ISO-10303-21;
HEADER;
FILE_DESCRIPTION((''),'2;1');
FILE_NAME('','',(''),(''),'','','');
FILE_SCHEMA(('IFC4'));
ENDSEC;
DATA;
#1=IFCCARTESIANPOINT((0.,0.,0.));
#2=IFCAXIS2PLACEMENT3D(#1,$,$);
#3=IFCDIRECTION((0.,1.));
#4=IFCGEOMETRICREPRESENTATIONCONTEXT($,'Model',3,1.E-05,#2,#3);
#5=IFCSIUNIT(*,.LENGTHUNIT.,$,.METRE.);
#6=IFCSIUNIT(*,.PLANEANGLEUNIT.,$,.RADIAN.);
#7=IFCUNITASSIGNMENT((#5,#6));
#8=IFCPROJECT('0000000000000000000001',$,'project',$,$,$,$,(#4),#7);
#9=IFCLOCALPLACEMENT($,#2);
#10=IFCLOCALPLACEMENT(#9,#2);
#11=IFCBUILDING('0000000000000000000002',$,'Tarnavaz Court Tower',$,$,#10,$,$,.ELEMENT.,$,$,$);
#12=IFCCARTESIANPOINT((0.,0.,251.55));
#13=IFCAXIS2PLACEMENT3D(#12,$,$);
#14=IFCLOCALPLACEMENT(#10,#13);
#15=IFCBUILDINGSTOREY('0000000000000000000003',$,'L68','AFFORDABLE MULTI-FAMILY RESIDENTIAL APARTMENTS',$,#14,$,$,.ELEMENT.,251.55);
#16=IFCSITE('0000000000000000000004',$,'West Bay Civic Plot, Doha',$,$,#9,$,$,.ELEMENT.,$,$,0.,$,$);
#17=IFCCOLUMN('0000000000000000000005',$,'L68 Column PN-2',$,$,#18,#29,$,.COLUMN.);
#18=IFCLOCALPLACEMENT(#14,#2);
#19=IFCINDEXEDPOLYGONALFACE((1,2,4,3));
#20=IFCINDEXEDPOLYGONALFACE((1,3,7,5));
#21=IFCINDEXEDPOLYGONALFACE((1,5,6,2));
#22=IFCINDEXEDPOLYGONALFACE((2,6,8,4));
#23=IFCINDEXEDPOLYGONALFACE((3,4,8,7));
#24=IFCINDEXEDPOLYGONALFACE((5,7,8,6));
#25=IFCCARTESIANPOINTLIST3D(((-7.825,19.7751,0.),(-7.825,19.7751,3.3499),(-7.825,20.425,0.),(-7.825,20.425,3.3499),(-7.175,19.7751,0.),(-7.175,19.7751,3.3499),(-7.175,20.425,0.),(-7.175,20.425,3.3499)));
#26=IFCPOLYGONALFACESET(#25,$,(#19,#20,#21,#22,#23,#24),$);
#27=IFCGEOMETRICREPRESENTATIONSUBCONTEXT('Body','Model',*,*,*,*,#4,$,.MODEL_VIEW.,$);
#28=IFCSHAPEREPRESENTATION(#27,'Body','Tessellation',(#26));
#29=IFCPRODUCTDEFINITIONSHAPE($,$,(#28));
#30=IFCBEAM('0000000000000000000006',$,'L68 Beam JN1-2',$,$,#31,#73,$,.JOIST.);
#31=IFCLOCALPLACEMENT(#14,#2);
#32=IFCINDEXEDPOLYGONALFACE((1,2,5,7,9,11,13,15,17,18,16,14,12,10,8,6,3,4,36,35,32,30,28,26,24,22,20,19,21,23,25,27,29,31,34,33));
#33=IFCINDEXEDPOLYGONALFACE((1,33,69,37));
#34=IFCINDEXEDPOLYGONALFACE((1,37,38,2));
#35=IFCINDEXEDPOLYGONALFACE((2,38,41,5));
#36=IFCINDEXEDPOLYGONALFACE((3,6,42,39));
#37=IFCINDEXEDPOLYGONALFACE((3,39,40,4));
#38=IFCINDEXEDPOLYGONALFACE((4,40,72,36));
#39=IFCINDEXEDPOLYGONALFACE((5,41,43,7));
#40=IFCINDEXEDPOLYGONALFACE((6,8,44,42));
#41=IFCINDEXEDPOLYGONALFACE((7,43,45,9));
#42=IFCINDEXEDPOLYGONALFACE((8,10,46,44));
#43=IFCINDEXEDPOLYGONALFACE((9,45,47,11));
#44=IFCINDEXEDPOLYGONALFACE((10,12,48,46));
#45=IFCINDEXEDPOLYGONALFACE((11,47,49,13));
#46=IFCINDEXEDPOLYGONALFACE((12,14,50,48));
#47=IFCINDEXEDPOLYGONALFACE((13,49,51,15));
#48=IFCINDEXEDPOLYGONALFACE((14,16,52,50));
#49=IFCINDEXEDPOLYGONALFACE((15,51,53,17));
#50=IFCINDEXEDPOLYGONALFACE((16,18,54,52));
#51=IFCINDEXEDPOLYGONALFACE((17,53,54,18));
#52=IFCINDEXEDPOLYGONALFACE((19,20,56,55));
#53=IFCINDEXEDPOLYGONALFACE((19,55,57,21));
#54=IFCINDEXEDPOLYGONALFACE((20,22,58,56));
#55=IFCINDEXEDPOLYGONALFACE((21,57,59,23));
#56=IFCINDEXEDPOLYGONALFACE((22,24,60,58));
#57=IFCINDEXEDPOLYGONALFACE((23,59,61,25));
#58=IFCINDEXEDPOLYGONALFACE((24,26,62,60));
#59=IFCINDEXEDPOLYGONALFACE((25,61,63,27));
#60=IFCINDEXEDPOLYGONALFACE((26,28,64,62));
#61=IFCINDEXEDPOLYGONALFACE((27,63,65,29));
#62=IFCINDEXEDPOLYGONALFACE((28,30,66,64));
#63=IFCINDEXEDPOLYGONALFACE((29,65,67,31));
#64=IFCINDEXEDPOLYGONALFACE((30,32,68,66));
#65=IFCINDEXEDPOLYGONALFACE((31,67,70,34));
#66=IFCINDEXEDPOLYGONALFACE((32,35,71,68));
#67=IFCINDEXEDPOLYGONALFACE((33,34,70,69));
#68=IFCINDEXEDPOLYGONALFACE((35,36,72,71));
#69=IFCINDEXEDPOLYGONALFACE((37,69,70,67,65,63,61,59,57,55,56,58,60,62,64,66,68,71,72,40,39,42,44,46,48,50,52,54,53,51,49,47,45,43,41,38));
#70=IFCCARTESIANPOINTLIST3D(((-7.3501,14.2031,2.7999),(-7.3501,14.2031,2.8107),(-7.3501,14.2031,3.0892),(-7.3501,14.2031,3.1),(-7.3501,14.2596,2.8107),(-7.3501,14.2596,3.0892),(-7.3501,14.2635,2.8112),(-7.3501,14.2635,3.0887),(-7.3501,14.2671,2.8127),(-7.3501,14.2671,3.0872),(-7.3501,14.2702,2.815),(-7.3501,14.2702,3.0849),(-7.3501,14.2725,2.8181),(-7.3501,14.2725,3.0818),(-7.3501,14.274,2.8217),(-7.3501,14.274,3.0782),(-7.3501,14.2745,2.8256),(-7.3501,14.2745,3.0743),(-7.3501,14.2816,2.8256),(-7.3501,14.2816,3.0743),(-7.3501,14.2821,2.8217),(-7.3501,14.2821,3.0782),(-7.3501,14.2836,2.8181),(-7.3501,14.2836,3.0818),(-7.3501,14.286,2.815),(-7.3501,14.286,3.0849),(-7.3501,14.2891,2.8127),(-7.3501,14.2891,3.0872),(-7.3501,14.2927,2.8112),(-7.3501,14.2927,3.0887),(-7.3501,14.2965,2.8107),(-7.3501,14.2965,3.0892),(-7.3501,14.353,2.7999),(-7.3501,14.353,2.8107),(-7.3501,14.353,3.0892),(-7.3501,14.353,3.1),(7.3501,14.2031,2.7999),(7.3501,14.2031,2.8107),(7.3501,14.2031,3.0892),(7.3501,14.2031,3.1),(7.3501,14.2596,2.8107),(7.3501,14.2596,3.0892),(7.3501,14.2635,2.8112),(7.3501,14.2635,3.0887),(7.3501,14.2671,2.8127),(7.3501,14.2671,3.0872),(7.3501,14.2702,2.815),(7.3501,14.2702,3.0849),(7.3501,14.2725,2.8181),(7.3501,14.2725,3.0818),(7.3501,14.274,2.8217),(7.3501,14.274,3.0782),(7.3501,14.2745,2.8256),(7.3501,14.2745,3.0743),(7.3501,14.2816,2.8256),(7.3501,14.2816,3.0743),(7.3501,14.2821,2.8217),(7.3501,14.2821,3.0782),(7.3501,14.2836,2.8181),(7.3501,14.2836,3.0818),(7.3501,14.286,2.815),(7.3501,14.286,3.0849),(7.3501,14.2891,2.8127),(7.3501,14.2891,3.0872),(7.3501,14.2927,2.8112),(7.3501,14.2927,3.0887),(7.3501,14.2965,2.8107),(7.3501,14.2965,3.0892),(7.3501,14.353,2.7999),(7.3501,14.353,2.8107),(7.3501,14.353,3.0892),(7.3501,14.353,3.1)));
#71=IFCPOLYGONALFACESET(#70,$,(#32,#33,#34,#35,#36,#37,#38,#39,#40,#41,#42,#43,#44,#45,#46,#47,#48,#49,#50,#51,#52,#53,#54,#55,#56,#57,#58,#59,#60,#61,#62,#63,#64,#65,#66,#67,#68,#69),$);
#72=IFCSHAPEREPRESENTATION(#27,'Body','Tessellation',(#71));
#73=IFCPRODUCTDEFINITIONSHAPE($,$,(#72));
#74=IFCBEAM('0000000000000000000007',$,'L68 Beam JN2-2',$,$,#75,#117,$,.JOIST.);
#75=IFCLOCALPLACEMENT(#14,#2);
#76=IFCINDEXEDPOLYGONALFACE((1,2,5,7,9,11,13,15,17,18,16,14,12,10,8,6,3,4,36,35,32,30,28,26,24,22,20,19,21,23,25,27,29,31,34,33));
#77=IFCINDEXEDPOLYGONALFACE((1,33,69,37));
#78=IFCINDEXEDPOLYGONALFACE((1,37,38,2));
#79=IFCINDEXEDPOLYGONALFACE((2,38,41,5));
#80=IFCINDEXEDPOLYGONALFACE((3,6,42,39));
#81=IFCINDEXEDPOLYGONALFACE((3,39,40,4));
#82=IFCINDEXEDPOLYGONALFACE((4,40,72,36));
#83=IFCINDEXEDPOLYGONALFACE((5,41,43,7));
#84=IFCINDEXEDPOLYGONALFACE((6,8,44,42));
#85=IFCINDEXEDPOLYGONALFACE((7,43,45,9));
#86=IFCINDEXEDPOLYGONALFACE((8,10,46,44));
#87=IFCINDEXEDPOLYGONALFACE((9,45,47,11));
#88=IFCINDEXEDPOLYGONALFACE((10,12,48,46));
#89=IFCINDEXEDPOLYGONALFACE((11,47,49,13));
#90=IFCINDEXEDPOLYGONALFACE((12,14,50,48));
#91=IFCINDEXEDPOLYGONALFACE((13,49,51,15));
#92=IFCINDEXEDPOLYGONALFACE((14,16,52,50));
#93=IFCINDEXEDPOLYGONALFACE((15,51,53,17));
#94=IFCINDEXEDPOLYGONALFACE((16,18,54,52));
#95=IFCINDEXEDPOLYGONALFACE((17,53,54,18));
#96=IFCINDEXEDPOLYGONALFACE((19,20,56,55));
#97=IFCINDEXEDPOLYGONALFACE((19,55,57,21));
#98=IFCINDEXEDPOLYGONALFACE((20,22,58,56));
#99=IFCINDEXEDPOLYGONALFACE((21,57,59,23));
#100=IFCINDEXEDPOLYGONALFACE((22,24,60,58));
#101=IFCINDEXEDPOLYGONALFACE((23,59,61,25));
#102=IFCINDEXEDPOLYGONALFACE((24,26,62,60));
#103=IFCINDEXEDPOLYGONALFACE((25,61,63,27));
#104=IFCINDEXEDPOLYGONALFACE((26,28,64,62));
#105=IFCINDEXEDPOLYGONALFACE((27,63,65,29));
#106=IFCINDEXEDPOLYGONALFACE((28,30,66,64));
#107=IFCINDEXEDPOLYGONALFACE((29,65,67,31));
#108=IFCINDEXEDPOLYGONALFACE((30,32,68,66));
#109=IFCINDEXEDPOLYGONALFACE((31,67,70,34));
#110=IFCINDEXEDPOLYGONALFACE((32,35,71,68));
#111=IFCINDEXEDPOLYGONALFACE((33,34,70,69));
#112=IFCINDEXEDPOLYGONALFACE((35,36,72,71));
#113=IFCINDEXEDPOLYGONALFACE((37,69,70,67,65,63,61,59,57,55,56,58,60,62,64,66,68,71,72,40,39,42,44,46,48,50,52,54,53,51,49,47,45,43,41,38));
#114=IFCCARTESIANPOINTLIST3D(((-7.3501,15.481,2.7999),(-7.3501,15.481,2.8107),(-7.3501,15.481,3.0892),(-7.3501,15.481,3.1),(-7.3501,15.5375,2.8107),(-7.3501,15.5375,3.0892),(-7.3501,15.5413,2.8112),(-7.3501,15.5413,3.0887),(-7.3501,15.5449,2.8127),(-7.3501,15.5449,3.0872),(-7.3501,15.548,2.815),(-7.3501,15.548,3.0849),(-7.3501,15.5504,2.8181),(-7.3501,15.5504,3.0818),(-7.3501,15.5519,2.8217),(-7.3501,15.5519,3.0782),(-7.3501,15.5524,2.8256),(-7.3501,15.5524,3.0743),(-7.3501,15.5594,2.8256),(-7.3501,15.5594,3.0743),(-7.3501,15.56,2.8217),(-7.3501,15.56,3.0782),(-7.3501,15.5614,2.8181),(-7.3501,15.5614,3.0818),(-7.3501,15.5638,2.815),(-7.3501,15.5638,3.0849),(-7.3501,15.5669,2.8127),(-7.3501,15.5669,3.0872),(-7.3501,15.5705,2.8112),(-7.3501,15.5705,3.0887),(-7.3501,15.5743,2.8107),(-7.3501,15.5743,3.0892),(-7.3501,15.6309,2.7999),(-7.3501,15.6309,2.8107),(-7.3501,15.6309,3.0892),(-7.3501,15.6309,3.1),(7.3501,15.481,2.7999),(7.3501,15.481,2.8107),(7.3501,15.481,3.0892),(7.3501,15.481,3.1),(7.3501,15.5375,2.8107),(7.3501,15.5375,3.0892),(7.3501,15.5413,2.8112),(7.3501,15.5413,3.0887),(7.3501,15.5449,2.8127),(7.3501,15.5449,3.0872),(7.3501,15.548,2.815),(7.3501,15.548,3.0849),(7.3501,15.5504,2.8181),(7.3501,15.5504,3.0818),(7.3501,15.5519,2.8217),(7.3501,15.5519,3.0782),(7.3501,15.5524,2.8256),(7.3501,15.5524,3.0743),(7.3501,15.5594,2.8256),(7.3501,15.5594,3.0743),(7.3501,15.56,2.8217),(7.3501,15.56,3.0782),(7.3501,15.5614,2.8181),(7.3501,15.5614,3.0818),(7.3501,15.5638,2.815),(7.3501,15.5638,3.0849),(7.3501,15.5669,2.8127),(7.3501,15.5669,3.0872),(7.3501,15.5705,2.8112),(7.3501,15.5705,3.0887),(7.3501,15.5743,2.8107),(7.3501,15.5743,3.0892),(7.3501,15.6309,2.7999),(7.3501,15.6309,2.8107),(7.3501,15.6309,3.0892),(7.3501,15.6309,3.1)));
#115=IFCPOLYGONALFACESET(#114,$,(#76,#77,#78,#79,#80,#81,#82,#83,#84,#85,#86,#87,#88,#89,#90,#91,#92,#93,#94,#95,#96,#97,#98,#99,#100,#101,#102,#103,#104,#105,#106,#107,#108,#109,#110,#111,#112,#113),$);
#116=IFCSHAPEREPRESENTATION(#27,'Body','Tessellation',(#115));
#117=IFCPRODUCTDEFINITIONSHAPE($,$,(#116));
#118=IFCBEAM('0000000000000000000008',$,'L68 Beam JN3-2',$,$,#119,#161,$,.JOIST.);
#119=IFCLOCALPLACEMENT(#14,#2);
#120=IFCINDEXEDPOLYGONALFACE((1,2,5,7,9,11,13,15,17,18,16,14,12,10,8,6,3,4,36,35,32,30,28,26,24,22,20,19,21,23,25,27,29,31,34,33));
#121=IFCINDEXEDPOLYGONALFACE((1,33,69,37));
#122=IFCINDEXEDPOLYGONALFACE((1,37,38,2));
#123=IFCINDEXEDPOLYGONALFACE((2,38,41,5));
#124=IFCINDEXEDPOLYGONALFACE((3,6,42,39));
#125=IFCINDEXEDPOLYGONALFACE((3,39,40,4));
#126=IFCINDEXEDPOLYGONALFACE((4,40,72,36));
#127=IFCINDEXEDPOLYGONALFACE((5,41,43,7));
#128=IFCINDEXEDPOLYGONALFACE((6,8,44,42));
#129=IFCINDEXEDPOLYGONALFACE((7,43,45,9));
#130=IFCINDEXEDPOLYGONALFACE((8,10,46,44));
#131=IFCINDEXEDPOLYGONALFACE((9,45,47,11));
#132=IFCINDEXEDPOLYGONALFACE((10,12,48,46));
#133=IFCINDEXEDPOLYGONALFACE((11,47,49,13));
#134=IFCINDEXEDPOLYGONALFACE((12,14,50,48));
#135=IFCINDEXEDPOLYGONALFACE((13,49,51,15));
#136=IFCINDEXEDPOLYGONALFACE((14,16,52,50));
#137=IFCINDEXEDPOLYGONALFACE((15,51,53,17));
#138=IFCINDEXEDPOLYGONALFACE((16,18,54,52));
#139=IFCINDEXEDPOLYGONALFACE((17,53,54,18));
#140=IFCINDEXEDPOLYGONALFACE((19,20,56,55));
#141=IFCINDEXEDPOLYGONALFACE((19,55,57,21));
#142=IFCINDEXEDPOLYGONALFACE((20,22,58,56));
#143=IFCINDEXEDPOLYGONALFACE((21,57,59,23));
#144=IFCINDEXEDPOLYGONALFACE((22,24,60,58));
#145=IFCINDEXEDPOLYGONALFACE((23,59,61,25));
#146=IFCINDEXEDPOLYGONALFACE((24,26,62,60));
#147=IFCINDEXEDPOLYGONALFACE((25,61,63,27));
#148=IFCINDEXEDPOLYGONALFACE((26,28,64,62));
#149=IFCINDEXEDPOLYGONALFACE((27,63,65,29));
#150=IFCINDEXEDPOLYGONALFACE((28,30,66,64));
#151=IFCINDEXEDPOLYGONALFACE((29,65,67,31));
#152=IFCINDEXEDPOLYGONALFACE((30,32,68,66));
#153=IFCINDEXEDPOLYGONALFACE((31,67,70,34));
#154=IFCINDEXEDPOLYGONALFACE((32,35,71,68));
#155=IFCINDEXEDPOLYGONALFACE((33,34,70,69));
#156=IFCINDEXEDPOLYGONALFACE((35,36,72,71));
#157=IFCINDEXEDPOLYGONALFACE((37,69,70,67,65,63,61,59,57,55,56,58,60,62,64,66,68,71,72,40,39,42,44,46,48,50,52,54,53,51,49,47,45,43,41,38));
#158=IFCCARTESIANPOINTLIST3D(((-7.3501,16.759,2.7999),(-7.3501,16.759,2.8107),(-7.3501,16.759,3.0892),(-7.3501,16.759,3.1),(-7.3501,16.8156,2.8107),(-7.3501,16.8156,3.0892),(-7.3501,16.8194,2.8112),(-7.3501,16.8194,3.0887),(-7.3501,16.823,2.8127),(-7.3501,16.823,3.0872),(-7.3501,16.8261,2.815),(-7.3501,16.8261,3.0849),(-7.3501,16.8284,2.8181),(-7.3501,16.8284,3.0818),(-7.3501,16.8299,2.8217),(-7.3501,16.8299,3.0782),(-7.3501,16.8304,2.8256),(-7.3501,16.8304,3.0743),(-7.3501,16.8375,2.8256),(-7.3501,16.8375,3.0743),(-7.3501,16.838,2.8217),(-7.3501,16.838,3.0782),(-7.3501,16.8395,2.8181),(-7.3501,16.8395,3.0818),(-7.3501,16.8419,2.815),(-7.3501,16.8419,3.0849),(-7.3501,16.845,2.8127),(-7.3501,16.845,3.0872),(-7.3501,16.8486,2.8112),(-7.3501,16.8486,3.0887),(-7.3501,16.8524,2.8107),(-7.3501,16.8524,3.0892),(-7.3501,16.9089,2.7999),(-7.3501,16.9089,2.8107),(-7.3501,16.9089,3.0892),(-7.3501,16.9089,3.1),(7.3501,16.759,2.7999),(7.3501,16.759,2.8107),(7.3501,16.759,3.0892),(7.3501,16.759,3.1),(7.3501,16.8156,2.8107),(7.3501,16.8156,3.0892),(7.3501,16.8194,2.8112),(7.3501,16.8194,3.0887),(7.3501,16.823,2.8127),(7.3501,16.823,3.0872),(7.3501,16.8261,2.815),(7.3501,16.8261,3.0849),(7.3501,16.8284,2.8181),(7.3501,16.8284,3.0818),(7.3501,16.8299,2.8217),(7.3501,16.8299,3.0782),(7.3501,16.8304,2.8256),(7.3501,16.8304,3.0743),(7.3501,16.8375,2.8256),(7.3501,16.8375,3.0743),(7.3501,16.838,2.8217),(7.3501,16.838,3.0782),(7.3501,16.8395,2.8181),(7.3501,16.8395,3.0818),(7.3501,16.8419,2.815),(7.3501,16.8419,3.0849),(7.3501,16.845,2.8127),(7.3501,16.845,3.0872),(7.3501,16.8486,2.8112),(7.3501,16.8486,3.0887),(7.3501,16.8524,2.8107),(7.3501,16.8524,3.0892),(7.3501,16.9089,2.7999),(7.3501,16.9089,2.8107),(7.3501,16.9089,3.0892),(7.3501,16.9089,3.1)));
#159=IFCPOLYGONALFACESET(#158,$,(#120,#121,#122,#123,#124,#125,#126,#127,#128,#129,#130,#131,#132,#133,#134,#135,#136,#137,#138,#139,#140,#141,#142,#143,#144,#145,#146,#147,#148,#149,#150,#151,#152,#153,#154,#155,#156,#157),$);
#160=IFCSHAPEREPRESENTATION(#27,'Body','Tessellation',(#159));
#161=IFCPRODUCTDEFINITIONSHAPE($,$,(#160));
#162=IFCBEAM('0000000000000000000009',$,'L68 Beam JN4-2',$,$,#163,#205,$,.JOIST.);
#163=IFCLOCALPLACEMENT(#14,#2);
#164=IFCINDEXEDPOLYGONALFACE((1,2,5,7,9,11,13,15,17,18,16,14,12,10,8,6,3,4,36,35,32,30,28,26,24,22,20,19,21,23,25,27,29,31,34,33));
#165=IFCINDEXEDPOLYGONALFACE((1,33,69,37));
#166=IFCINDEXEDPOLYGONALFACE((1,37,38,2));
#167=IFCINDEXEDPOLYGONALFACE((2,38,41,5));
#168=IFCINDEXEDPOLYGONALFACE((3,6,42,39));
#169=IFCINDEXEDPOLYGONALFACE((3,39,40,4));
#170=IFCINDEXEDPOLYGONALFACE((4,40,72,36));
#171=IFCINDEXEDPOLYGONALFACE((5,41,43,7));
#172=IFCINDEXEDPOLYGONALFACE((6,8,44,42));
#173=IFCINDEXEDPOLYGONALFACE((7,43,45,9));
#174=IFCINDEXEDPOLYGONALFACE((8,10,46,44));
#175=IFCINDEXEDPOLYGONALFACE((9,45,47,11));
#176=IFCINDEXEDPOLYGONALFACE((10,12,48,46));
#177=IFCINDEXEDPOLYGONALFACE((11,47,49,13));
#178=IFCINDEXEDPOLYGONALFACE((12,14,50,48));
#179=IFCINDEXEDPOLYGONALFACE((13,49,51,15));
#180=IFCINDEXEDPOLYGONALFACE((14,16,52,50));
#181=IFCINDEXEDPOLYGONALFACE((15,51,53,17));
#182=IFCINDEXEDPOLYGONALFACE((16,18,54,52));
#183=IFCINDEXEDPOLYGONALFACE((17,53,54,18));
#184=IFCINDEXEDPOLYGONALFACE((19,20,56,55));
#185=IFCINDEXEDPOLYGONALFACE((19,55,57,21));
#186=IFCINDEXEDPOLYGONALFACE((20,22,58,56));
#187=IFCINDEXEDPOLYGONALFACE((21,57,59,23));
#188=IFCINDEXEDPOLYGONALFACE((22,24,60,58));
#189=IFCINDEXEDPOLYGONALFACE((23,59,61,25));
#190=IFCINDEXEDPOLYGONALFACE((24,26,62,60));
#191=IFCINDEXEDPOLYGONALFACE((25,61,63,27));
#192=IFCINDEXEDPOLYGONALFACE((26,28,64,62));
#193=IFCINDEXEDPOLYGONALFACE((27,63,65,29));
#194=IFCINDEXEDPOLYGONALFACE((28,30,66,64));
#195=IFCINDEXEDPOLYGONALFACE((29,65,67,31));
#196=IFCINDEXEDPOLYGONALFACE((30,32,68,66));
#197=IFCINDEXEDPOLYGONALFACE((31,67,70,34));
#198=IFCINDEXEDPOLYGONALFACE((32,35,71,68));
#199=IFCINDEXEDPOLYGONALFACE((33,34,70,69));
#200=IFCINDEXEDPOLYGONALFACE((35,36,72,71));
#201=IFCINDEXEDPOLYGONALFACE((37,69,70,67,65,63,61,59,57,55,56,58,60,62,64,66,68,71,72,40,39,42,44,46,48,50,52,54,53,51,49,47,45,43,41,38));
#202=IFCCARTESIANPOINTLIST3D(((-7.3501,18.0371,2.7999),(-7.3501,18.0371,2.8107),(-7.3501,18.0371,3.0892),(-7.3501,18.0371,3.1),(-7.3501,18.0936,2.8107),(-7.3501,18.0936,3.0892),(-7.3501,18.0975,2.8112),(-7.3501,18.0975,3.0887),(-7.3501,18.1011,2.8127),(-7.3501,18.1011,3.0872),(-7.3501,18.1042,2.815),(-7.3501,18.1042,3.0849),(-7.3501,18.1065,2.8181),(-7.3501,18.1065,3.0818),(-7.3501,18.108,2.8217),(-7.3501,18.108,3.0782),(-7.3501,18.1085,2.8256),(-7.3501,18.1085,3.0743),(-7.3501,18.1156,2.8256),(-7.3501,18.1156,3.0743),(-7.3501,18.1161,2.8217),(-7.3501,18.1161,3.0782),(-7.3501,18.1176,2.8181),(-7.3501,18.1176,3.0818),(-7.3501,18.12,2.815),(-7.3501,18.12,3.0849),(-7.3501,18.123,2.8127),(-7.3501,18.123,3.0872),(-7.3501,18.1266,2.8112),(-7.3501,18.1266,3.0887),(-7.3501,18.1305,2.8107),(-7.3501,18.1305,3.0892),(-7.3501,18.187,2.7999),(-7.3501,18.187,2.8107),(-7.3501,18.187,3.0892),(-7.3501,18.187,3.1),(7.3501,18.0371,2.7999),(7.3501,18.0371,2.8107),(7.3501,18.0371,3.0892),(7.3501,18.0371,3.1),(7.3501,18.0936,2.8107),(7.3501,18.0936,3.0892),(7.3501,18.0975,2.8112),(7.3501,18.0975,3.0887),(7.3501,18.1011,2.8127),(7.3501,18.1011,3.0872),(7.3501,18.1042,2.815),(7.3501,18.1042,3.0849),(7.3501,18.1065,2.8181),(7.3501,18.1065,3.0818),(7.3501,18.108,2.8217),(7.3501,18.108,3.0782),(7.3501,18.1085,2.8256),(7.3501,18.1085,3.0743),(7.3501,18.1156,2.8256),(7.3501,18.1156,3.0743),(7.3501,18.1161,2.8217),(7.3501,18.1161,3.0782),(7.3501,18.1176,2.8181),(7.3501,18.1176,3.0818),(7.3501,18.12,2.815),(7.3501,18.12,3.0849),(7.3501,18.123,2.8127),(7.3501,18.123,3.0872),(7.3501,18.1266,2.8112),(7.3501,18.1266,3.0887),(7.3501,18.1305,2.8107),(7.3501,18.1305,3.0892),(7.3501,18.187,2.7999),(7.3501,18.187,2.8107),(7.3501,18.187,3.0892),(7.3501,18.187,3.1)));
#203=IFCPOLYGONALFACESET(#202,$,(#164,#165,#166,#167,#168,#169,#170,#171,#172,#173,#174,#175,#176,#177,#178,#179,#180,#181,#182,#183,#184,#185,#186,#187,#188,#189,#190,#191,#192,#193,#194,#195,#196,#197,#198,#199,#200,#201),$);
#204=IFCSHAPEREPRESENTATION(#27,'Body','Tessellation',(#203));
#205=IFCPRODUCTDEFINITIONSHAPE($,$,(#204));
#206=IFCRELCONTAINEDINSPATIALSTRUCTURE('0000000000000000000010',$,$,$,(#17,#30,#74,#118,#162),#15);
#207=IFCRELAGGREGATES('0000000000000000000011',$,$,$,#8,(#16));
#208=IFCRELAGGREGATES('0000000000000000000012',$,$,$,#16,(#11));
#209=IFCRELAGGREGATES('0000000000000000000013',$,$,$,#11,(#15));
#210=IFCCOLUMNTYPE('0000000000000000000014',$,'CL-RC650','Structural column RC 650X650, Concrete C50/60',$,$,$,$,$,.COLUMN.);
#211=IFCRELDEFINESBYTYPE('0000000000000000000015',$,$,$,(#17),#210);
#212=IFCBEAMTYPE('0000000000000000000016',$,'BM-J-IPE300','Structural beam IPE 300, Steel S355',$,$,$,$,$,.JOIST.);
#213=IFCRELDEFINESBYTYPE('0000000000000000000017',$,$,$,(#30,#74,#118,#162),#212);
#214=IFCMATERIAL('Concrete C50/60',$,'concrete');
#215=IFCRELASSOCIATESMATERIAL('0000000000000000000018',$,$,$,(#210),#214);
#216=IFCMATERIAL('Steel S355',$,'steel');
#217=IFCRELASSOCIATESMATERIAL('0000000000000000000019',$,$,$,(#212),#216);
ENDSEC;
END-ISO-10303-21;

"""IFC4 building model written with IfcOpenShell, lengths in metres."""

from ifc_helpers import new_model, si_unit, direction, frame, origin, origin_2d, place, context, subcontext, project, spatial, rectangle, i_section, extrude, material, material_profile, profile_set, type_object, element, save


model = new_model("IFC4")

# Units and contexts
model_context = context("Model", 3, precision=1e-05, world=origin(), true_north=direction((0.0, 1.0)))
body_context = subcontext(model_context, "Body", "Model", "MODEL_VIEW")
ifc_project = project(units=[si_unit("LENGTHUNIT", "METRE"), si_unit("PLANEANGLEUNIT", "RADIAN")], contexts=[model_context])

# Site, building, storey
site_placement = place(None, origin())
site = spatial("IfcSite", under=ifc_project, at=site_placement, Name="West Bay Civic Plot, Doha", CompositionType="ELEMENT", RefElevation=0.0)
building_placement = place(site_placement, origin())
building = spatial("IfcBuilding", under=site, at=building_placement, Name="Tarnavaz Court Tower", CompositionType="ELEMENT")
storey_placement = place(building_placement, frame((0.0, 0.0, 251.55)))
storey = spatial("IfcBuildingStorey", under=building, at=storey_placement, Name="L68", Description="AFFORDABLE MULTI-FAMILY RESIDENTIAL APARTMENTS", CompositionType="ELEMENT", Elevation=251.55)

# Column
ifc_material_1 = material(Name="Concrete C50/60", Category="concrete")
ifc_material_profile_1 = material_profile(ifc_material_1, rectangle(XDim=0.6499, YDim=0.6499, at=origin_2d()), Name="RC 650X650")
ifc_profile_set_1 = profile_set([ifc_material_profile_1], Name="Concrete C50/60")
column_type = type_object("IfcColumnType", Name="CL-RC650", Description="Structural column RC 650X650, Concrete C50/60", PredefinedType="COLUMN", material=ifc_profile_set_1)
column_placement = place(storey_placement, frame((-7.5, 20.1001, 0.0), z_axis=(0.0, 0.0, 1.0), x_axis=(1.0, 0.0, 0.0)))
element("IfcColumn", 1, at=column_placement, inside=storey, type_object=column_type, Name="L68 Column PN-2", PredefinedType="COLUMN", context=body_context, shape_type="SweptSolid", body=[
    extrude(rectangle(XDim=0.6499, YDim=0.6499, at=origin_2d()), origin(), (0.0, 0.0, 1.0), 3.3499),
])

# Beams
ifc_material_2 = material(Name="Steel S355", Category="steel")
ifc_material_profile_2 = material_profile(ifc_material_2, i_section(OverallWidth=0.1499, OverallDepth=0.3, WebThickness=0.0071, FlangeThickness=0.0107, FilletRadius=0.0149, at=origin_2d()), Name="IPE 300")
ifc_profile_set_2 = profile_set([ifc_material_profile_2], Name="Steel S355")
beam_type_1 = type_object("IfcBeamType", Name="BM-J-IPE300", Description="Structural beam IPE 300, Steel S355", PredefinedType="JOIST", material=ifc_profile_set_2)
for number, where, z_axis, x_axis, name in (
    (2, (-7.3501, 14.2781, 2.95), (1.0, 0.0, 0.0), (0.0, 1.0, 0.0), "L68 Beam JN1-2"),
    (3, (-7.3501, 15.5559, 2.95), (1.0, 0.0, 0.0), (0.0, 1.0, 0.0), "L68 Beam JN2-2"),
    (4, (-7.3501, 16.834, 2.95), (1.0, 0.0, 0.0), (0.0, 1.0, 0.0), "L68 Beam JN3-2"),
    (5, (-7.3501, 18.1121, 2.95), (1.0, 0.0, 0.0), (0.0, 1.0, 0.0), "L68 Beam JN4-2"),
):
    element("IfcBeam", number, at=place(storey_placement, frame(where, z_axis=z_axis, x_axis=x_axis)), inside=storey, type_object=beam_type_1, Name=name, PredefinedType="JOIST", context=body_context, shape_type="SweptSolid", body=[
        extrude(i_section(OverallWidth=0.1499, OverallDepth=0.3, WebThickness=0.0071, FlangeThickness=0.0107, FilletRadius=0.0149, at=origin_2d()), origin(), (0.0, 0.0, 1.0), 14.7002),
    ])

save(model, "model.ifc")
